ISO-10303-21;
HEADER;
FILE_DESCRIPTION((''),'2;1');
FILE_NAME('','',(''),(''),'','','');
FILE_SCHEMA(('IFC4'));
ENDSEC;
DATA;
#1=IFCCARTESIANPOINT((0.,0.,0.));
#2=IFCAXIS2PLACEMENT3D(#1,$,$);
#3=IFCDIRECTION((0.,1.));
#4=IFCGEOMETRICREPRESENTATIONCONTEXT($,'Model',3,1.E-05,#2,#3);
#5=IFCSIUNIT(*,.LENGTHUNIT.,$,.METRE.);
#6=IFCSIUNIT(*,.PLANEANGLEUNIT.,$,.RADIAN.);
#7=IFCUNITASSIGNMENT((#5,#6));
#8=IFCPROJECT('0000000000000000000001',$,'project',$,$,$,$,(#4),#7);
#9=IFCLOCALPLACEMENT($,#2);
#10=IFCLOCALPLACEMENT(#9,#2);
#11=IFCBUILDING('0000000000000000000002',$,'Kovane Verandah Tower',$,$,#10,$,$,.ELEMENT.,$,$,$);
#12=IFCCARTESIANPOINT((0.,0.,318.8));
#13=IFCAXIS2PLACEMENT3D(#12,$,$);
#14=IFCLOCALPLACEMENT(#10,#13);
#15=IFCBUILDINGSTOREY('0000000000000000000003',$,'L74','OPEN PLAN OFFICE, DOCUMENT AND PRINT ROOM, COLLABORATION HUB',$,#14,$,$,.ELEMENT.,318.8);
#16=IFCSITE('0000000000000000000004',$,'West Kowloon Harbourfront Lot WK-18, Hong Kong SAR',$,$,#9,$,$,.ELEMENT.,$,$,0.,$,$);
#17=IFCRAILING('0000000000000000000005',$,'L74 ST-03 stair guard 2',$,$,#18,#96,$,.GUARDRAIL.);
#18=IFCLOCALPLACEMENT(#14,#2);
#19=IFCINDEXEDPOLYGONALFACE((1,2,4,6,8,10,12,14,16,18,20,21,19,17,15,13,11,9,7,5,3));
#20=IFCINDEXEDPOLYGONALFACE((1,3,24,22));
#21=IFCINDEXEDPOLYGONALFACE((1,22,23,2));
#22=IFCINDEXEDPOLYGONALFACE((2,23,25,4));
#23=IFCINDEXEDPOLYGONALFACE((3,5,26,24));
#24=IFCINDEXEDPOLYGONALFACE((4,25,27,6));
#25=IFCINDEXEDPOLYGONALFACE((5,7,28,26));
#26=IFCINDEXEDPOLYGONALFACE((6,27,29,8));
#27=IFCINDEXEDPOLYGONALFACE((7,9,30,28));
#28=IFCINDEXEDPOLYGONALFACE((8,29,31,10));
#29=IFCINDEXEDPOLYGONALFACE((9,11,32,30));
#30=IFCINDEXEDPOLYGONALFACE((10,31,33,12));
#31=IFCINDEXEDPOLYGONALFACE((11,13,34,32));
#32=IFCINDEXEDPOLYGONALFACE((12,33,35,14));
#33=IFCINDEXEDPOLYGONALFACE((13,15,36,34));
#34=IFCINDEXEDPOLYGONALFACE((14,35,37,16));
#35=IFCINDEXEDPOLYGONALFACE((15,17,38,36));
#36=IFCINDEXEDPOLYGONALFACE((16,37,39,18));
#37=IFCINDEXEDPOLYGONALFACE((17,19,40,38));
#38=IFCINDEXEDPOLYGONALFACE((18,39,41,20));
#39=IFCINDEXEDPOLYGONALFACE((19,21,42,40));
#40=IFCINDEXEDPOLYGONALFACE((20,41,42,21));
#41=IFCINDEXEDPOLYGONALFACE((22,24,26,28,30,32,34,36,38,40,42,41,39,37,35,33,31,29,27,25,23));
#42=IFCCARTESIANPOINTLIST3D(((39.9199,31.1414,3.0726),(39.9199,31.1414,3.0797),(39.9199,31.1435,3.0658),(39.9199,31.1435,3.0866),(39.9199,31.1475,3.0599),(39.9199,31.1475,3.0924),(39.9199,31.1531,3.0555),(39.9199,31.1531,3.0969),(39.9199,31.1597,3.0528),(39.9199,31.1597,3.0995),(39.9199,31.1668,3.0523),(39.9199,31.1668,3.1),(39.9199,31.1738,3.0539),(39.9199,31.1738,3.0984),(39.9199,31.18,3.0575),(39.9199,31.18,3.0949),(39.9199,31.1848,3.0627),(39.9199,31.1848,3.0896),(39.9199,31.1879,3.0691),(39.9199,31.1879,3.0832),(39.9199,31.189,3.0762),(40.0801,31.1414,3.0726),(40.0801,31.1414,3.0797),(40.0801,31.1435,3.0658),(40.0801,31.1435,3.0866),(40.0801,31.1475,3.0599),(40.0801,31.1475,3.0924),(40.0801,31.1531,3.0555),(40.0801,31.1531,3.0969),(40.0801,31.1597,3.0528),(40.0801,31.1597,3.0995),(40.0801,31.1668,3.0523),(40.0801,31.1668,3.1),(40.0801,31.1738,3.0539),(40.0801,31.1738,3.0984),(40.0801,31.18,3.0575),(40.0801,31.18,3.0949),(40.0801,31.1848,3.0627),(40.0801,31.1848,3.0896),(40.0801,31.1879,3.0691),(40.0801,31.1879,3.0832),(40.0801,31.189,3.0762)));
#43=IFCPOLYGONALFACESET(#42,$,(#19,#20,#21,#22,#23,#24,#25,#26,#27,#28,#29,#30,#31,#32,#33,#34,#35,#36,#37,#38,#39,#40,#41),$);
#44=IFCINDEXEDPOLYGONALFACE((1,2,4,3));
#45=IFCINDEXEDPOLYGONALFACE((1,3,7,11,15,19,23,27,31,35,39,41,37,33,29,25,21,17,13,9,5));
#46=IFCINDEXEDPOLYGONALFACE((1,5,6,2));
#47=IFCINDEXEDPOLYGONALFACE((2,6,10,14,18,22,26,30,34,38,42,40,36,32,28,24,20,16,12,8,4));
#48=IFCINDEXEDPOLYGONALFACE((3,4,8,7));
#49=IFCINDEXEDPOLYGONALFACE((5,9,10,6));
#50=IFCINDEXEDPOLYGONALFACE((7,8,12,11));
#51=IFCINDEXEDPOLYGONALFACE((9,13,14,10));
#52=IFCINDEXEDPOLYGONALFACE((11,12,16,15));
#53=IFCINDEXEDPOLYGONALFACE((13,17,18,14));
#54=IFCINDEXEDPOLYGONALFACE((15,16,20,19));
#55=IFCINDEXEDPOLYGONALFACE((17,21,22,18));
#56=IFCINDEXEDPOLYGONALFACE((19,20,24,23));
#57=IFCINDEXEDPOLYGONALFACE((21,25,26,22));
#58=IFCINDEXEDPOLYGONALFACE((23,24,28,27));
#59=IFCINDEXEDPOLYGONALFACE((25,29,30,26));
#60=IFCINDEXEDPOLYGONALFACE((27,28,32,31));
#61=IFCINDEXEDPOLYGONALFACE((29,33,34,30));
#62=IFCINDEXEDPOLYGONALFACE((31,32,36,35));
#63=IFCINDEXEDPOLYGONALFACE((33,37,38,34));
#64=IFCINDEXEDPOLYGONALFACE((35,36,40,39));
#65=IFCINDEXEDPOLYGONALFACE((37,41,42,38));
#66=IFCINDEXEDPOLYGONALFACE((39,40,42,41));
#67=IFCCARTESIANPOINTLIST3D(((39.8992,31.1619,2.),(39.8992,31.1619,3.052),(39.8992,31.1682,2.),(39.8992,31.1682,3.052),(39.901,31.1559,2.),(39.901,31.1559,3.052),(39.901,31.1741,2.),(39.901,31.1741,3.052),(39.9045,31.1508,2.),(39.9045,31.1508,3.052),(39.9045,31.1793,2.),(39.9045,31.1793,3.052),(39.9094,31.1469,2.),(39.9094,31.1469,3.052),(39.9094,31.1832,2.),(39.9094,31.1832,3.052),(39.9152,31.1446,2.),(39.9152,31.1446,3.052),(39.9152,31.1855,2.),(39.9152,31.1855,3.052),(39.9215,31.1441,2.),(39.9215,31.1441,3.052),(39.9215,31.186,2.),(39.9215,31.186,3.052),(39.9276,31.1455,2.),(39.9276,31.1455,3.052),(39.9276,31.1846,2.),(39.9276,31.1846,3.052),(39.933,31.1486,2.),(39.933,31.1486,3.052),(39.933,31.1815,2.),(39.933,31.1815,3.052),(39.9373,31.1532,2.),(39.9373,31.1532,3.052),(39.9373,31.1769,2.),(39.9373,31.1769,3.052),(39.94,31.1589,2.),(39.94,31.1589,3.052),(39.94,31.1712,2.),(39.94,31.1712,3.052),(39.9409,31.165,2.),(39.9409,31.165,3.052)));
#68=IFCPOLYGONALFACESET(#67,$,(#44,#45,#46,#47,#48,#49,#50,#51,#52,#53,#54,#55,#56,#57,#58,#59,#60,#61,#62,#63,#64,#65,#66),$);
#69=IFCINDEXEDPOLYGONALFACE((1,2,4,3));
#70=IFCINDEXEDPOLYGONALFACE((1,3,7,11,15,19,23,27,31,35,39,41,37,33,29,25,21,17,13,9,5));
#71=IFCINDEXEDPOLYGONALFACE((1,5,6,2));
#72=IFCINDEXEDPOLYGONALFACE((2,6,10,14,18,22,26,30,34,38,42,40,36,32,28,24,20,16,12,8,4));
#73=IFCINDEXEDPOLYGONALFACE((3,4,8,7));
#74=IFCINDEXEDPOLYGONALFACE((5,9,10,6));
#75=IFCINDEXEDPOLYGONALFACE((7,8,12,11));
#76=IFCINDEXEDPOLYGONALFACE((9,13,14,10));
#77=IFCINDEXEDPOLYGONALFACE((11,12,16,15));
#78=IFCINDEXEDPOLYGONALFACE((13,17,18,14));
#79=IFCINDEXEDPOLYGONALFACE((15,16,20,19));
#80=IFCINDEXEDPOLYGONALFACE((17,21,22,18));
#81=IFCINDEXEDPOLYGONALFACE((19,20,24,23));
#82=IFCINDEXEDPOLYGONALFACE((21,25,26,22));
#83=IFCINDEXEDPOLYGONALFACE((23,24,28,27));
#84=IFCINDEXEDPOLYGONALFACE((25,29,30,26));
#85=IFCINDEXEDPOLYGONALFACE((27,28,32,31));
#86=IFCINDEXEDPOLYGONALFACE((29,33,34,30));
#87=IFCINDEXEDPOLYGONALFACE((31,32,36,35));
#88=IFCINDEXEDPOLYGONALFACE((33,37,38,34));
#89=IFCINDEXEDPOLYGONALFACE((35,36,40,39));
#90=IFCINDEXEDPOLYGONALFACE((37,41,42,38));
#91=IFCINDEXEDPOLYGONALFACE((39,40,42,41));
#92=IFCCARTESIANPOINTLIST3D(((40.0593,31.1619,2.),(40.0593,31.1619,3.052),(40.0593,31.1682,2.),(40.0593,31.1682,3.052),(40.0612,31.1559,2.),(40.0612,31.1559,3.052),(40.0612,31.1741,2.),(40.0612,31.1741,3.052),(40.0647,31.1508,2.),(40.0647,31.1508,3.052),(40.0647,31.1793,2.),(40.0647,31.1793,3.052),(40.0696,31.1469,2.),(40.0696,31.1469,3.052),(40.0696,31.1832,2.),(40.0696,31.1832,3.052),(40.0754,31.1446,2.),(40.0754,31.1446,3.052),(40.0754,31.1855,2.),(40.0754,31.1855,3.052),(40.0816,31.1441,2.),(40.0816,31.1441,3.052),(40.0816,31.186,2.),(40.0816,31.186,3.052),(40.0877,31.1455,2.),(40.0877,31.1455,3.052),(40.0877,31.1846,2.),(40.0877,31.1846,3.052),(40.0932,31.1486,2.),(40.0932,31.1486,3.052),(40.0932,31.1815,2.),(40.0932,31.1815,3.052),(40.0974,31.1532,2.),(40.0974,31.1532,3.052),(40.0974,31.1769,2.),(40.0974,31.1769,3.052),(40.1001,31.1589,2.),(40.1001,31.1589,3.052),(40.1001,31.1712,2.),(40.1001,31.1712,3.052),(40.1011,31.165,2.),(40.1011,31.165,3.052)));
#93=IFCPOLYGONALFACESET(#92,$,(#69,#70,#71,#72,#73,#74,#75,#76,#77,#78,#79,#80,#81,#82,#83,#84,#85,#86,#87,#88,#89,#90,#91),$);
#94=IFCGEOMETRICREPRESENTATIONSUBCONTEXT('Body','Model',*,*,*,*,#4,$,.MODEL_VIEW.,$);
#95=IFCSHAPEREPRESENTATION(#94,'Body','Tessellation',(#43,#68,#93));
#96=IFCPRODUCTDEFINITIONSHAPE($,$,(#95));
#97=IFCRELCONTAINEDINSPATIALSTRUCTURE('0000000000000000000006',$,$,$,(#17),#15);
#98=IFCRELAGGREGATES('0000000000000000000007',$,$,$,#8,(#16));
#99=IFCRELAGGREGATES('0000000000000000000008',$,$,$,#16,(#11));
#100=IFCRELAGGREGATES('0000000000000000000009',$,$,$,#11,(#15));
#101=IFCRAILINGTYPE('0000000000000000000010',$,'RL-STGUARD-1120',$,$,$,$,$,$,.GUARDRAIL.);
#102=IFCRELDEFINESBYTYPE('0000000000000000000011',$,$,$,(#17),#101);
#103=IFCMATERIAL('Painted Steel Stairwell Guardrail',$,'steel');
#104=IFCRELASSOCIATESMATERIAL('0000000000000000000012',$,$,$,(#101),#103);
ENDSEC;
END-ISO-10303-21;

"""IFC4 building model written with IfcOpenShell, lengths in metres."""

from ifc_helpers import new_model, si_unit, direction, frame, origin, origin_2d, place, context, subcontext, project, spatial, circle, extrude, material, type_object, element, save


model = new_model("IFC4")

# Units and contexts
model_context = context("Model", 3, precision=1e-05, world=origin(), true_north=direction((0.0, 1.0)))
body_context = subcontext(model_context, "Body", "Model", "MODEL_VIEW")
ifc_project = project(units=[si_unit("LENGTHUNIT", "METRE"), si_unit("PLANEANGLEUNIT", "RADIAN")], contexts=[model_context])

# Site, building, storey
site_placement = place(None, origin())
site = spatial("IfcSite", under=ifc_project, at=site_placement, Name="West Kowloon Harbourfront Lot WK-18, Hong Kong SAR", CompositionType="ELEMENT", RefElevation=0.0)
building_placement = place(site_placement, origin())
building = spatial("IfcBuilding", under=site, at=building_placement, Name="Kovane Verandah Tower", CompositionType="ELEMENT")
storey_placement = place(building_placement, frame((0.0, 0.0, 318.8)))
storey = spatial("IfcBuildingStorey", under=building, at=storey_placement, Name="L74", Description="OPEN PLAN OFFICE, DOCUMENT AND PRINT ROOM, COLLABORATION HUB", CompositionType="ELEMENT", Elevation=318.8)

# Railing
ifc_material_1 = material(Name="Painted Steel Stairwell Guardrail", Category="steel")
railing_type_1 = type_object("IfcRailingType", Name="RL-STGUARD-1120", PredefinedType="GUARDRAIL", material=ifc_material_1)
railing_1_placement = place(storey_placement, frame((39.9199, 31.165, 2.0)))
element("IfcRailing", 1, at=railing_1_placement, inside=storey, type_object=railing_type_1, Name="L74 ST-03 stair guard 2", PredefinedType="GUARDRAIL", context=body_context, shape_type="SweptSolid", body=[
    extrude(circle(Radius=0.0239, at=origin_2d()), frame((0.0, 0.0, 1.0762), z_axis=(1.0, 0.0, 0.0), x_axis=(0.0, 1.0, 0.0)), (0.0, 0.0, 1.0), 0.1602),
    extrude(circle(Radius=0.021, at=origin_2d()), origin(), (0.0, 0.0, 1.0), 1.052),
    extrude(circle(Radius=0.021, at=origin_2d()), frame((0.1602, 0.0, 0.0)), (0.0, 0.0, 1.0), 1.052),
])

save(model, "model.ifc")
